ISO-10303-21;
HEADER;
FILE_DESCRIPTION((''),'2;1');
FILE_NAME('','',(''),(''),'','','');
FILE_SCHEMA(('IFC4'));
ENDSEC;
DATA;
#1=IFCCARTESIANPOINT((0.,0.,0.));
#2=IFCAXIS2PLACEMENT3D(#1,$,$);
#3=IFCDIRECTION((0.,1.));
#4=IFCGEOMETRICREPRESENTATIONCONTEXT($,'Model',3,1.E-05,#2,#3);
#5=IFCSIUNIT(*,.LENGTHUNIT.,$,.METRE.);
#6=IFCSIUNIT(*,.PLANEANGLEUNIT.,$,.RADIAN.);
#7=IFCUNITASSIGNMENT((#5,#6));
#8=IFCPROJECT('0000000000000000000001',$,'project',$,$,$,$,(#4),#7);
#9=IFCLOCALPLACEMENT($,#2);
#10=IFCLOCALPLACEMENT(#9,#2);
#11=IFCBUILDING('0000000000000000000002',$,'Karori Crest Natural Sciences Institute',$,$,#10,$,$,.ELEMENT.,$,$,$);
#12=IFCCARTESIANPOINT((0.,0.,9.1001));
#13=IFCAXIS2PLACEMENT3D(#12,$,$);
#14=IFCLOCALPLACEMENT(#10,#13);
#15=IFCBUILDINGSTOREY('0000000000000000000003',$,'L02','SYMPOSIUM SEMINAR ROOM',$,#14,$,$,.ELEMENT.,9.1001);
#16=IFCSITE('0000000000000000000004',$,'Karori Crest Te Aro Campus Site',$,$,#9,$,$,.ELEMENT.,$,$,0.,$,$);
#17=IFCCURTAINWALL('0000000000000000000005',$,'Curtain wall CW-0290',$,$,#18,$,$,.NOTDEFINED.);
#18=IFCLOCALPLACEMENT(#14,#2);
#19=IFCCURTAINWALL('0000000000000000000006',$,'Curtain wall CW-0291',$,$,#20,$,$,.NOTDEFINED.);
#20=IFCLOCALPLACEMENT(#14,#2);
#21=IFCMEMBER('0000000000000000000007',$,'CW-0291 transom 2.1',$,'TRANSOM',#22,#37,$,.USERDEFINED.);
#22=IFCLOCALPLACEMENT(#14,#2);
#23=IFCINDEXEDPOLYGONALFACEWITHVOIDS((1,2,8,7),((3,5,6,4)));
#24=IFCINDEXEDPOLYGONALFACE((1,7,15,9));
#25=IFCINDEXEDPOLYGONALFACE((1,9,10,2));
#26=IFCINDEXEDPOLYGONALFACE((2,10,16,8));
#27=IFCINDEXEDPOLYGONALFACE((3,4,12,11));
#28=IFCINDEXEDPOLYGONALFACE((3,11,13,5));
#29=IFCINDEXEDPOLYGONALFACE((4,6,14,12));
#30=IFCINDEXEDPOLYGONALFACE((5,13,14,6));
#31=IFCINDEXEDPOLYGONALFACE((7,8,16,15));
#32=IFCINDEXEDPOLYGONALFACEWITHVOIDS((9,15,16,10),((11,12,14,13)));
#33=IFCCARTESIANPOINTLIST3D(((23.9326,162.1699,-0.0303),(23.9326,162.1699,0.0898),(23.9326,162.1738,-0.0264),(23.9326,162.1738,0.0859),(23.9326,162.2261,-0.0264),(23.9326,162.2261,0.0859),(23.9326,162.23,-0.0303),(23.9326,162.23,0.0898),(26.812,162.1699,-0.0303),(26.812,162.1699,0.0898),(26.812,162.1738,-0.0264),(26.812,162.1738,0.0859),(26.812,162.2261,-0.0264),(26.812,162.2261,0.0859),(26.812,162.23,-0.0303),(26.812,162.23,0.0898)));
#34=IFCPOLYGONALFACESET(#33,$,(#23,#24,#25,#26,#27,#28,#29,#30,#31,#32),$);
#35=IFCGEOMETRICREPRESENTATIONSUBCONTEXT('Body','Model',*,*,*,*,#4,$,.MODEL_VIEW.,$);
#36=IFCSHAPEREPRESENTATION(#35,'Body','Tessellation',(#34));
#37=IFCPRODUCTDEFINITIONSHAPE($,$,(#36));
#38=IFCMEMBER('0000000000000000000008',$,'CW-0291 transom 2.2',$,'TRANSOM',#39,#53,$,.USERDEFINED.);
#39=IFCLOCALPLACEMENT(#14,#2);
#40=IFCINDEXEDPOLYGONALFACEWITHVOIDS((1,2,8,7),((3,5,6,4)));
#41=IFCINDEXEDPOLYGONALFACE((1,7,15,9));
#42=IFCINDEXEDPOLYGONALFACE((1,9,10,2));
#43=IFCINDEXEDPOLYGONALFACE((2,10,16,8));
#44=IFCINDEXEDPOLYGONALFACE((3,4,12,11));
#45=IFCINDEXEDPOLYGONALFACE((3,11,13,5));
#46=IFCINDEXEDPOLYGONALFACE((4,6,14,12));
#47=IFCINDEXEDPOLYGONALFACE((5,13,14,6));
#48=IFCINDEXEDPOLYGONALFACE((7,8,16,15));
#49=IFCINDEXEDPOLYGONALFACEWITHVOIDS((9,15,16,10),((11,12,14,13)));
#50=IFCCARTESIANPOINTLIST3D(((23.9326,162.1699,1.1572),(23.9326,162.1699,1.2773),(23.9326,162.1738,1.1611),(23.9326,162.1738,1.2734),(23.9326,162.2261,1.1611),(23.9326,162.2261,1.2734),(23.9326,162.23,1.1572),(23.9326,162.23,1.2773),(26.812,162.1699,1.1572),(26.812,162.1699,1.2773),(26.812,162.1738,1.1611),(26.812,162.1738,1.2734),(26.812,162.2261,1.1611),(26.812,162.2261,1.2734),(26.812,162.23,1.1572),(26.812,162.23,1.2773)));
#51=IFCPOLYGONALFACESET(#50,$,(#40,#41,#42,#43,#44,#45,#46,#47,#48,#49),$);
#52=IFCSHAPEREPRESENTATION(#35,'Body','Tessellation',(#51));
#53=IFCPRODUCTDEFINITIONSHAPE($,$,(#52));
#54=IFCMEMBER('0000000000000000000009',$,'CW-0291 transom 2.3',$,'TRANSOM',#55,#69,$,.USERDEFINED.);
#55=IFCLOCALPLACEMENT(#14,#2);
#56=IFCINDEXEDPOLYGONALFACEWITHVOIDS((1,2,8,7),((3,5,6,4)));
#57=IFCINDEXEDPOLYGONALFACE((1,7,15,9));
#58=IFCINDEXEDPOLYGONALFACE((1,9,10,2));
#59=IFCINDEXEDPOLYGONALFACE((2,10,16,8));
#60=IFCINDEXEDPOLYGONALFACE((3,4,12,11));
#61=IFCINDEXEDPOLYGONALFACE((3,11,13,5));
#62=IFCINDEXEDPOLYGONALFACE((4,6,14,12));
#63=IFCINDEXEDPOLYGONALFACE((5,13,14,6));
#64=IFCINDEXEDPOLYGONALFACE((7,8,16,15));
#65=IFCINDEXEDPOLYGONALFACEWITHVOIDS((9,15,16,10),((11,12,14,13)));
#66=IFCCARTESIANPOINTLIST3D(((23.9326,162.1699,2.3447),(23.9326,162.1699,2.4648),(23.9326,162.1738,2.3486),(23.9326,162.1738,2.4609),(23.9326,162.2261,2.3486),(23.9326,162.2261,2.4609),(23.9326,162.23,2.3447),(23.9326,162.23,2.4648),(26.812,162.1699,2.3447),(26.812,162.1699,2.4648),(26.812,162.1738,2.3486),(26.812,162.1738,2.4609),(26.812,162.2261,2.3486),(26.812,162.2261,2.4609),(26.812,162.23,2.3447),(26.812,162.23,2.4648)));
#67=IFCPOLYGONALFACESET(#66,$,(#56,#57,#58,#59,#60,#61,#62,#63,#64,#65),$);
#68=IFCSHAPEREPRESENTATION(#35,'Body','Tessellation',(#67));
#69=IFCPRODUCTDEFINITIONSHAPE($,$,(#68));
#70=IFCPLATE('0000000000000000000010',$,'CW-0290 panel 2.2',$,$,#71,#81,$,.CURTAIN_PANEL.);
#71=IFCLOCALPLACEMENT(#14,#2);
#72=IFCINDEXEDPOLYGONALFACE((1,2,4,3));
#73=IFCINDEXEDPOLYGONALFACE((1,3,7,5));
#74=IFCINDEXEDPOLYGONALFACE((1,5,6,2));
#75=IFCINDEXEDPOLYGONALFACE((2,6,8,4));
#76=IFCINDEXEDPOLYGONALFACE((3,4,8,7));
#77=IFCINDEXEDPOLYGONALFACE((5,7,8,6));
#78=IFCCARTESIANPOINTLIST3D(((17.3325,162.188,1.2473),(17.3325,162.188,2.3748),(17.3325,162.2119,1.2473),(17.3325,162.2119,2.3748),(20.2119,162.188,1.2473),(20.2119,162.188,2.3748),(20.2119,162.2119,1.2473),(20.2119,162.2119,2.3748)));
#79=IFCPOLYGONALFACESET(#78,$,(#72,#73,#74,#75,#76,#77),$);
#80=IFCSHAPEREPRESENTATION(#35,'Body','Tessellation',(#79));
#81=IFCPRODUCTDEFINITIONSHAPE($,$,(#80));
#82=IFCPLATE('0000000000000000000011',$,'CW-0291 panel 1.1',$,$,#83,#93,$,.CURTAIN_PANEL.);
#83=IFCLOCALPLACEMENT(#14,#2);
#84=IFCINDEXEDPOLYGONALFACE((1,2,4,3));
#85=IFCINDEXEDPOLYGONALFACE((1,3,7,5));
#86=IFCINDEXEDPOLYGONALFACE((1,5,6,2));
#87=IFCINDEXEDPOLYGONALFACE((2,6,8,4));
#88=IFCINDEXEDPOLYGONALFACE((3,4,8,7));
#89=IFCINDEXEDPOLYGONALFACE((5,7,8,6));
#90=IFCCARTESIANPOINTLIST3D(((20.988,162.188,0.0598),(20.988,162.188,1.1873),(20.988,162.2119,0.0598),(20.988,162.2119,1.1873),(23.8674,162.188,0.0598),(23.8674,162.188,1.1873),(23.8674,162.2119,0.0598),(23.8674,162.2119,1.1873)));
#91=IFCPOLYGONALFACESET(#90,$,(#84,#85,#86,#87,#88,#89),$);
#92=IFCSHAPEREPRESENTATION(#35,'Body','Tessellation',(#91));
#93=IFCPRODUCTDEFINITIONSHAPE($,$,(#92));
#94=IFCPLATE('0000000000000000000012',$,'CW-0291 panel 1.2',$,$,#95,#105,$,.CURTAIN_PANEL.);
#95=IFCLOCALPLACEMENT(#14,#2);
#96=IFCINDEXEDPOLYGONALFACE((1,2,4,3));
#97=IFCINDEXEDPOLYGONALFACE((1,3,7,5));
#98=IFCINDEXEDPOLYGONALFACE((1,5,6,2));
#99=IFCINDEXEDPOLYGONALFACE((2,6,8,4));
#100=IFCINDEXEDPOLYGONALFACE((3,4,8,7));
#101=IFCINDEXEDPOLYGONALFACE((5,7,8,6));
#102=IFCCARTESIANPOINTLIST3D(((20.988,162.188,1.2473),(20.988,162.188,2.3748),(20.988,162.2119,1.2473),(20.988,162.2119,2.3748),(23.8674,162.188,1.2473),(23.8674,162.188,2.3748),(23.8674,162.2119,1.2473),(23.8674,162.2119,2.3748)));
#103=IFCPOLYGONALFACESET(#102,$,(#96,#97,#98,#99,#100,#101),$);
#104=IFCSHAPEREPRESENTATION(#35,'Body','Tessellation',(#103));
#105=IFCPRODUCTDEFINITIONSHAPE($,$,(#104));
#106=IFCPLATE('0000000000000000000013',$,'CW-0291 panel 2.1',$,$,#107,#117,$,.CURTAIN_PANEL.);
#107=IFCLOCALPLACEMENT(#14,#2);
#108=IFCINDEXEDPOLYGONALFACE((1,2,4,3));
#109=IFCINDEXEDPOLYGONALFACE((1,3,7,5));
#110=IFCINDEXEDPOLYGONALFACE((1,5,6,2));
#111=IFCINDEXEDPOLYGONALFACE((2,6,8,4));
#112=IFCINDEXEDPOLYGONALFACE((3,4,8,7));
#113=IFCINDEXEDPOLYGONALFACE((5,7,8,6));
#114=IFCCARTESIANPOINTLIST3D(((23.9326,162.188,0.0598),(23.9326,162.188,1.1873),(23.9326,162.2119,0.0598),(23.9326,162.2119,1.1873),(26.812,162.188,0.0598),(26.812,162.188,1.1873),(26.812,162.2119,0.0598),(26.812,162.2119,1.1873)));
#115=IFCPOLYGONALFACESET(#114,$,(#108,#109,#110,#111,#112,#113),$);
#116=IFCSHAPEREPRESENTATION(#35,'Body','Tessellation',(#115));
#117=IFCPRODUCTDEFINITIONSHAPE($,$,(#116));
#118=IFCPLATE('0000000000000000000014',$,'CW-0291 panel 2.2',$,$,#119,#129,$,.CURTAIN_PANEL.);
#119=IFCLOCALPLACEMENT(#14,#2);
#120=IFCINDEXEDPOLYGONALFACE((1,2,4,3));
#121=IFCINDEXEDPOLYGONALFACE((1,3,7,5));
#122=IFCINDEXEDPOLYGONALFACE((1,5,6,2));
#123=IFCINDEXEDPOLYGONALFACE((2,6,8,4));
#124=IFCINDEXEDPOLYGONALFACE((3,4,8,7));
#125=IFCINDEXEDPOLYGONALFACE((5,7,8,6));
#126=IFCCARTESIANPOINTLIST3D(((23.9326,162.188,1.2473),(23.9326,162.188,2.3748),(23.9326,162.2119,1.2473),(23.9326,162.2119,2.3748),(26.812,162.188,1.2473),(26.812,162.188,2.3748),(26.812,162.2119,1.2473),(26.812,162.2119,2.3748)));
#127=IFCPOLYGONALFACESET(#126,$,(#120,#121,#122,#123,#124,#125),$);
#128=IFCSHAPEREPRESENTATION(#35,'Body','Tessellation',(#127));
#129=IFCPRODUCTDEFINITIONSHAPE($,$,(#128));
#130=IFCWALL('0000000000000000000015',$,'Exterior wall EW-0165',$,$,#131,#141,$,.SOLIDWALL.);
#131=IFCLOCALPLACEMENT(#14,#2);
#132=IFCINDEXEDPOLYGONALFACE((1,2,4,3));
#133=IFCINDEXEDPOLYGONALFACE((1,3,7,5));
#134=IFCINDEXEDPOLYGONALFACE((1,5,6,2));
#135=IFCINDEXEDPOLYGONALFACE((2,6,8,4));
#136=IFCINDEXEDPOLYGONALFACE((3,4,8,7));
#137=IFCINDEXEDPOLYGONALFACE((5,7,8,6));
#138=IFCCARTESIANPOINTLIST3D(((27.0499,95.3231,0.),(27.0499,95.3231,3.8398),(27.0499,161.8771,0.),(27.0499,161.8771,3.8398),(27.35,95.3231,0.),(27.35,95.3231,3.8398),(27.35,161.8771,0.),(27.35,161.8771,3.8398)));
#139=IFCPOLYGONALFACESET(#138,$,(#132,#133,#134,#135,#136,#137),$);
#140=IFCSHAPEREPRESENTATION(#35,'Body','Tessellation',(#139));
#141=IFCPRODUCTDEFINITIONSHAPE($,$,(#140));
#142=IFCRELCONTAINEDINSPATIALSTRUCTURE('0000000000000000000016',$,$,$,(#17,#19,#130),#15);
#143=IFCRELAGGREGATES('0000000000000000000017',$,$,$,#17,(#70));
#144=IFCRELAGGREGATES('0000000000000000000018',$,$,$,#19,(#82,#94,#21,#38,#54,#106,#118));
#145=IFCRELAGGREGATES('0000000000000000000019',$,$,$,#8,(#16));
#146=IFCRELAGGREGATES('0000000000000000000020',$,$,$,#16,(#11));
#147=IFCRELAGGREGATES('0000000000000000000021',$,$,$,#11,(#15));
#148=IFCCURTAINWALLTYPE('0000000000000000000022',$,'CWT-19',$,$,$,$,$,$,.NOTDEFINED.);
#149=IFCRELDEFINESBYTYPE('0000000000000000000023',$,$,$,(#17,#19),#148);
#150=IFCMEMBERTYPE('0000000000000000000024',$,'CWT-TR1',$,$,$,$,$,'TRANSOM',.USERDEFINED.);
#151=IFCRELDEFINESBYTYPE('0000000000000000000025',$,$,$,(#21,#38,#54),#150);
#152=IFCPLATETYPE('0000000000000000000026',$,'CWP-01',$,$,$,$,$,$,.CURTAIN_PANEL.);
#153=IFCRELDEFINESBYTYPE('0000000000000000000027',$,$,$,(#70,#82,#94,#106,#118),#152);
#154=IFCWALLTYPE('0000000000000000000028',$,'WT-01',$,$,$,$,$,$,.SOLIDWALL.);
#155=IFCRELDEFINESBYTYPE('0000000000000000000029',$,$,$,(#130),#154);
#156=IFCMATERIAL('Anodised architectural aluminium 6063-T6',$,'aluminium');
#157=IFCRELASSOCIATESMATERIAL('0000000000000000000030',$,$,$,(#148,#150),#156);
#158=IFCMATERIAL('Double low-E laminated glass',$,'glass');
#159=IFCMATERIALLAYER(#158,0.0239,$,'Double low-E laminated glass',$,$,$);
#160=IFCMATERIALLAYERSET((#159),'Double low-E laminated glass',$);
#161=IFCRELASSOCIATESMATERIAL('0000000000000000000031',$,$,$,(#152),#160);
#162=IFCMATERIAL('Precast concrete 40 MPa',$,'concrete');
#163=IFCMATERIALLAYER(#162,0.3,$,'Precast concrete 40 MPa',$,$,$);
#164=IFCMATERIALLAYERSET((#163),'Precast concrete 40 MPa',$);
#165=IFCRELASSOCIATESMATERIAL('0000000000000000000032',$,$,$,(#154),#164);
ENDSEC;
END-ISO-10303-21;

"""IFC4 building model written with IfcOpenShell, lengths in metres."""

from ifc_helpers import new_model, si_unit, direction, frame, frame_2d, origin, origin_2d, place, context, subcontext, project, spatial, rectangle, hollow_rectangle, extrude, material, layer, layer_set, material_profile, profile_set, type_object, element, aggregate, save


model = new_model("IFC4")

# Units and contexts
model_context = context("Model", 3, precision=1e-05, world=origin(), true_north=direction((0.0, 1.0)))
body_context = subcontext(model_context, "Body", "Model", "MODEL_VIEW")
ifc_project = project(units=[si_unit("LENGTHUNIT", "METRE"), si_unit("PLANEANGLEUNIT", "RADIAN")], contexts=[model_context])

# Site, building, storey
site_placement = place(None, origin())
site = spatial("IfcSite", under=ifc_project, at=site_placement, Name="Karori Crest Te Aro Campus Site", CompositionType="ELEMENT", RefElevation=0.0)
building_placement = place(site_placement, origin())
building = spatial("IfcBuilding", under=site, at=building_placement, Name="Karori Crest Natural Sciences Institute", CompositionType="ELEMENT")
storey_placement = place(building_placement, frame((0.0, 0.0, 9.1001)))
storey = spatial("IfcBuildingStorey", under=building, at=storey_placement, Name="L02", Description="SYMPOSIUM SEMINAR ROOM", CompositionType="ELEMENT", Elevation=9.1001)

# Curtain wall
ifc_material_1 = material(Name="Anodised architectural aluminium 6063-T6", Category="aluminium")
curtain_wall_type = type_object("IfcCurtainWallType", Name="CWT-19", PredefinedType="NOTDEFINED", material=ifc_material_1)
curtain_wall_1_placement = place(storey_placement, origin())
curtain_wall_1 = element("IfcCurtainWall", 1, at=curtain_wall_1_placement, inside=storey, type_object=curtain_wall_type, Name="Curtain wall CW-0290", PredefinedType="NOTDEFINED")

# Curtain wall, members
curtain_wall_2_placement = place(storey_placement, origin())
curtain_wall_2 = element("IfcCurtainWall", 2, at=curtain_wall_2_placement, inside=storey, type_object=curtain_wall_type, Name="Curtain wall CW-0291", PredefinedType="NOTDEFINED")
ifc_material_profile_1 = material_profile(ifc_material_1, hollow_rectangle(XDim=0.0601, YDim=0.1201, WallThickness=0.0039, at=origin_2d()), Name="CWT120x60x4")
ifc_profile_set_1 = profile_set([ifc_material_profile_1], Name="Anodised architectural aluminium 6063-T6")
member_type_1 = type_object("IfcMemberType", Name="CWT-TR1", ElementType="TRANSOM", PredefinedType="USERDEFINED", material=ifc_profile_set_1)
member_1_placement = place(storey_placement, frame((23.9326, 162.2, 0.0298), z_axis=(1.0, 0.0, 0.0), x_axis=(0.0, 1.0, 0.0)))
member_1 = element("IfcMember", 3, at=member_1_placement, type_object=member_type_1, Name="CW-0291 transom 2.1", ObjectType="TRANSOM", PredefinedType="USERDEFINED", context=body_context, shape_type="SweptSolid", body=[
    extrude(hollow_rectangle(XDim=0.0601, YDim=0.1201, WallThickness=0.0039, at=origin_2d()), origin(), (0.0, 0.0, 1.0), 2.8794),
])
member_2_placement = place(storey_placement, frame((23.9326, 162.2, 1.2173), z_axis=(1.0, 0.0, 0.0), x_axis=(0.0, 1.0, 0.0)))
member_2 = element("IfcMember", 4, at=member_2_placement, type_object=member_type_1, Name="CW-0291 transom 2.2", ObjectType="TRANSOM", PredefinedType="USERDEFINED", context=body_context, shape_type="SweptSolid", body=[
    extrude(hollow_rectangle(XDim=0.0601, YDim=0.1201, WallThickness=0.0039, at=origin_2d()), origin(), (0.0, 0.0, 1.0), 2.8794),
])
member_3_placement = place(storey_placement, frame((23.9326, 162.2, 2.4048), z_axis=(1.0, 0.0, 0.0), x_axis=(0.0, 1.0, 0.0)))
member_3 = element("IfcMember", 5, at=member_3_placement, type_object=member_type_1, Name="CW-0291 transom 2.3", ObjectType="TRANSOM", PredefinedType="USERDEFINED", context=body_context, shape_type="SweptSolid", body=[
    extrude(hollow_rectangle(XDim=0.0601, YDim=0.1201, WallThickness=0.0039, at=origin_2d()), origin(), (0.0, 0.0, 1.0), 2.8794),
])

# Plates
ifc_material_2 = material(Name="Double low-E laminated glass", Category="glass")
ifc_layer_1 = layer(ifc_material_2, 0.0239, Name="Double low-E laminated glass")
ifc_layer_set_1 = layer_set([ifc_layer_1], Name="Double low-E laminated glass")
plate_type = type_object("IfcPlateType", Name="CWP-01", PredefinedType="CURTAIN_PANEL", material=ifc_layer_set_1)
plate_1_placement = place(storey_placement, frame((18.7722, 162.2, 1.2473), z_axis=(0.0, 0.0, 1.0), x_axis=(1.0, 0.0, 0.0)))
plate_1 = element("IfcPlate", 6, at=plate_1_placement, type_object=plate_type, Name="CW-0290 panel 2.2", PredefinedType="CURTAIN_PANEL", context=body_context, shape_type="SweptSolid", body=[
    extrude(rectangle(XDim=2.8794, YDim=0.0239, at=origin_2d()), origin(), (0.0, 0.0, 1.0), 1.1274),
])
aggregate(curtain_wall_1, [plate_1])
plate_2_placement = place(storey_placement, frame((22.4277, 162.2, 0.0598), z_axis=(0.0, 0.0, 1.0), x_axis=(1.0, 0.0, 0.0)))
plate_2 = element("IfcPlate", 7, at=plate_2_placement, type_object=plate_type, Name="CW-0291 panel 1.1", PredefinedType="CURTAIN_PANEL", context=body_context, shape_type="SweptSolid", body=[
    extrude(rectangle(XDim=2.8794, YDim=0.0239, at=origin_2d()), origin(), (0.0, 0.0, 1.0), 1.1274),
])
plate_3_placement = place(storey_placement, frame((22.4277, 162.2, 1.2473), z_axis=(0.0, 0.0, 1.0), x_axis=(1.0, 0.0, 0.0)))
plate_3 = element("IfcPlate", 8, at=plate_3_placement, type_object=plate_type, Name="CW-0291 panel 1.2", PredefinedType="CURTAIN_PANEL", context=body_context, shape_type="SweptSolid", body=[
    extrude(rectangle(XDim=2.8794, YDim=0.0239, at=origin_2d()), origin(), (0.0, 0.0, 1.0), 1.1274),
])
plate_4_placement = place(storey_placement, frame((25.3723, 162.2, 0.0598), z_axis=(0.0, 0.0, 1.0), x_axis=(1.0, 0.0, 0.0)))
plate_4 = element("IfcPlate", 9, at=plate_4_placement, type_object=plate_type, Name="CW-0291 panel 2.1", PredefinedType="CURTAIN_PANEL", context=body_context, shape_type="SweptSolid", body=[
    extrude(rectangle(XDim=2.8794, YDim=0.0239, at=origin_2d()), origin(), (0.0, 0.0, 1.0), 1.1274),
])
plate_5_placement = place(storey_placement, frame((25.3723, 162.2, 1.2473), z_axis=(0.0, 0.0, 1.0), x_axis=(1.0, 0.0, 0.0)))
plate_5 = element("IfcPlate", 10, at=plate_5_placement, type_object=plate_type, Name="CW-0291 panel 2.2", PredefinedType="CURTAIN_PANEL", context=body_context, shape_type="SweptSolid", body=[
    extrude(rectangle(XDim=2.8794, YDim=0.0239, at=origin_2d()), origin(), (0.0, 0.0, 1.0), 1.1274),
])
aggregate(curtain_wall_2, [plate_2, plate_3, member_1, member_2, member_3, plate_4, plate_5])

# Wall
ifc_material_3 = material(Name="Precast concrete 40 MPa", Category="concrete")
ifc_layer_2 = layer(ifc_material_3, 0.3, Name="Precast concrete 40 MPa")
ifc_layer_set_2 = layer_set([ifc_layer_2], Name="Precast concrete 40 MPa")
wall_type = type_object("IfcWallType", Name="WT-01", PredefinedType="SOLIDWALL", material=ifc_layer_set_2)
wall_placement = place(storey_placement, frame((27.2, 161.877, 0.0), z_axis=(0.0, 0.0, 1.0), x_axis=(0.0, -1.0, 0.0)))
element("IfcWall", 11, at=wall_placement, inside=storey, type_object=wall_type, Name="Exterior wall EW-0165", PredefinedType="SOLIDWALL", context=body_context, shape_type="SweptSolid", body=[
    extrude(rectangle(XDim=66.554, YDim=0.3, at=frame_2d((33.2769, 0.0))), origin(), (0.0, 0.0, 1.0), 3.8398),
])

save(model, "model.ifc")
